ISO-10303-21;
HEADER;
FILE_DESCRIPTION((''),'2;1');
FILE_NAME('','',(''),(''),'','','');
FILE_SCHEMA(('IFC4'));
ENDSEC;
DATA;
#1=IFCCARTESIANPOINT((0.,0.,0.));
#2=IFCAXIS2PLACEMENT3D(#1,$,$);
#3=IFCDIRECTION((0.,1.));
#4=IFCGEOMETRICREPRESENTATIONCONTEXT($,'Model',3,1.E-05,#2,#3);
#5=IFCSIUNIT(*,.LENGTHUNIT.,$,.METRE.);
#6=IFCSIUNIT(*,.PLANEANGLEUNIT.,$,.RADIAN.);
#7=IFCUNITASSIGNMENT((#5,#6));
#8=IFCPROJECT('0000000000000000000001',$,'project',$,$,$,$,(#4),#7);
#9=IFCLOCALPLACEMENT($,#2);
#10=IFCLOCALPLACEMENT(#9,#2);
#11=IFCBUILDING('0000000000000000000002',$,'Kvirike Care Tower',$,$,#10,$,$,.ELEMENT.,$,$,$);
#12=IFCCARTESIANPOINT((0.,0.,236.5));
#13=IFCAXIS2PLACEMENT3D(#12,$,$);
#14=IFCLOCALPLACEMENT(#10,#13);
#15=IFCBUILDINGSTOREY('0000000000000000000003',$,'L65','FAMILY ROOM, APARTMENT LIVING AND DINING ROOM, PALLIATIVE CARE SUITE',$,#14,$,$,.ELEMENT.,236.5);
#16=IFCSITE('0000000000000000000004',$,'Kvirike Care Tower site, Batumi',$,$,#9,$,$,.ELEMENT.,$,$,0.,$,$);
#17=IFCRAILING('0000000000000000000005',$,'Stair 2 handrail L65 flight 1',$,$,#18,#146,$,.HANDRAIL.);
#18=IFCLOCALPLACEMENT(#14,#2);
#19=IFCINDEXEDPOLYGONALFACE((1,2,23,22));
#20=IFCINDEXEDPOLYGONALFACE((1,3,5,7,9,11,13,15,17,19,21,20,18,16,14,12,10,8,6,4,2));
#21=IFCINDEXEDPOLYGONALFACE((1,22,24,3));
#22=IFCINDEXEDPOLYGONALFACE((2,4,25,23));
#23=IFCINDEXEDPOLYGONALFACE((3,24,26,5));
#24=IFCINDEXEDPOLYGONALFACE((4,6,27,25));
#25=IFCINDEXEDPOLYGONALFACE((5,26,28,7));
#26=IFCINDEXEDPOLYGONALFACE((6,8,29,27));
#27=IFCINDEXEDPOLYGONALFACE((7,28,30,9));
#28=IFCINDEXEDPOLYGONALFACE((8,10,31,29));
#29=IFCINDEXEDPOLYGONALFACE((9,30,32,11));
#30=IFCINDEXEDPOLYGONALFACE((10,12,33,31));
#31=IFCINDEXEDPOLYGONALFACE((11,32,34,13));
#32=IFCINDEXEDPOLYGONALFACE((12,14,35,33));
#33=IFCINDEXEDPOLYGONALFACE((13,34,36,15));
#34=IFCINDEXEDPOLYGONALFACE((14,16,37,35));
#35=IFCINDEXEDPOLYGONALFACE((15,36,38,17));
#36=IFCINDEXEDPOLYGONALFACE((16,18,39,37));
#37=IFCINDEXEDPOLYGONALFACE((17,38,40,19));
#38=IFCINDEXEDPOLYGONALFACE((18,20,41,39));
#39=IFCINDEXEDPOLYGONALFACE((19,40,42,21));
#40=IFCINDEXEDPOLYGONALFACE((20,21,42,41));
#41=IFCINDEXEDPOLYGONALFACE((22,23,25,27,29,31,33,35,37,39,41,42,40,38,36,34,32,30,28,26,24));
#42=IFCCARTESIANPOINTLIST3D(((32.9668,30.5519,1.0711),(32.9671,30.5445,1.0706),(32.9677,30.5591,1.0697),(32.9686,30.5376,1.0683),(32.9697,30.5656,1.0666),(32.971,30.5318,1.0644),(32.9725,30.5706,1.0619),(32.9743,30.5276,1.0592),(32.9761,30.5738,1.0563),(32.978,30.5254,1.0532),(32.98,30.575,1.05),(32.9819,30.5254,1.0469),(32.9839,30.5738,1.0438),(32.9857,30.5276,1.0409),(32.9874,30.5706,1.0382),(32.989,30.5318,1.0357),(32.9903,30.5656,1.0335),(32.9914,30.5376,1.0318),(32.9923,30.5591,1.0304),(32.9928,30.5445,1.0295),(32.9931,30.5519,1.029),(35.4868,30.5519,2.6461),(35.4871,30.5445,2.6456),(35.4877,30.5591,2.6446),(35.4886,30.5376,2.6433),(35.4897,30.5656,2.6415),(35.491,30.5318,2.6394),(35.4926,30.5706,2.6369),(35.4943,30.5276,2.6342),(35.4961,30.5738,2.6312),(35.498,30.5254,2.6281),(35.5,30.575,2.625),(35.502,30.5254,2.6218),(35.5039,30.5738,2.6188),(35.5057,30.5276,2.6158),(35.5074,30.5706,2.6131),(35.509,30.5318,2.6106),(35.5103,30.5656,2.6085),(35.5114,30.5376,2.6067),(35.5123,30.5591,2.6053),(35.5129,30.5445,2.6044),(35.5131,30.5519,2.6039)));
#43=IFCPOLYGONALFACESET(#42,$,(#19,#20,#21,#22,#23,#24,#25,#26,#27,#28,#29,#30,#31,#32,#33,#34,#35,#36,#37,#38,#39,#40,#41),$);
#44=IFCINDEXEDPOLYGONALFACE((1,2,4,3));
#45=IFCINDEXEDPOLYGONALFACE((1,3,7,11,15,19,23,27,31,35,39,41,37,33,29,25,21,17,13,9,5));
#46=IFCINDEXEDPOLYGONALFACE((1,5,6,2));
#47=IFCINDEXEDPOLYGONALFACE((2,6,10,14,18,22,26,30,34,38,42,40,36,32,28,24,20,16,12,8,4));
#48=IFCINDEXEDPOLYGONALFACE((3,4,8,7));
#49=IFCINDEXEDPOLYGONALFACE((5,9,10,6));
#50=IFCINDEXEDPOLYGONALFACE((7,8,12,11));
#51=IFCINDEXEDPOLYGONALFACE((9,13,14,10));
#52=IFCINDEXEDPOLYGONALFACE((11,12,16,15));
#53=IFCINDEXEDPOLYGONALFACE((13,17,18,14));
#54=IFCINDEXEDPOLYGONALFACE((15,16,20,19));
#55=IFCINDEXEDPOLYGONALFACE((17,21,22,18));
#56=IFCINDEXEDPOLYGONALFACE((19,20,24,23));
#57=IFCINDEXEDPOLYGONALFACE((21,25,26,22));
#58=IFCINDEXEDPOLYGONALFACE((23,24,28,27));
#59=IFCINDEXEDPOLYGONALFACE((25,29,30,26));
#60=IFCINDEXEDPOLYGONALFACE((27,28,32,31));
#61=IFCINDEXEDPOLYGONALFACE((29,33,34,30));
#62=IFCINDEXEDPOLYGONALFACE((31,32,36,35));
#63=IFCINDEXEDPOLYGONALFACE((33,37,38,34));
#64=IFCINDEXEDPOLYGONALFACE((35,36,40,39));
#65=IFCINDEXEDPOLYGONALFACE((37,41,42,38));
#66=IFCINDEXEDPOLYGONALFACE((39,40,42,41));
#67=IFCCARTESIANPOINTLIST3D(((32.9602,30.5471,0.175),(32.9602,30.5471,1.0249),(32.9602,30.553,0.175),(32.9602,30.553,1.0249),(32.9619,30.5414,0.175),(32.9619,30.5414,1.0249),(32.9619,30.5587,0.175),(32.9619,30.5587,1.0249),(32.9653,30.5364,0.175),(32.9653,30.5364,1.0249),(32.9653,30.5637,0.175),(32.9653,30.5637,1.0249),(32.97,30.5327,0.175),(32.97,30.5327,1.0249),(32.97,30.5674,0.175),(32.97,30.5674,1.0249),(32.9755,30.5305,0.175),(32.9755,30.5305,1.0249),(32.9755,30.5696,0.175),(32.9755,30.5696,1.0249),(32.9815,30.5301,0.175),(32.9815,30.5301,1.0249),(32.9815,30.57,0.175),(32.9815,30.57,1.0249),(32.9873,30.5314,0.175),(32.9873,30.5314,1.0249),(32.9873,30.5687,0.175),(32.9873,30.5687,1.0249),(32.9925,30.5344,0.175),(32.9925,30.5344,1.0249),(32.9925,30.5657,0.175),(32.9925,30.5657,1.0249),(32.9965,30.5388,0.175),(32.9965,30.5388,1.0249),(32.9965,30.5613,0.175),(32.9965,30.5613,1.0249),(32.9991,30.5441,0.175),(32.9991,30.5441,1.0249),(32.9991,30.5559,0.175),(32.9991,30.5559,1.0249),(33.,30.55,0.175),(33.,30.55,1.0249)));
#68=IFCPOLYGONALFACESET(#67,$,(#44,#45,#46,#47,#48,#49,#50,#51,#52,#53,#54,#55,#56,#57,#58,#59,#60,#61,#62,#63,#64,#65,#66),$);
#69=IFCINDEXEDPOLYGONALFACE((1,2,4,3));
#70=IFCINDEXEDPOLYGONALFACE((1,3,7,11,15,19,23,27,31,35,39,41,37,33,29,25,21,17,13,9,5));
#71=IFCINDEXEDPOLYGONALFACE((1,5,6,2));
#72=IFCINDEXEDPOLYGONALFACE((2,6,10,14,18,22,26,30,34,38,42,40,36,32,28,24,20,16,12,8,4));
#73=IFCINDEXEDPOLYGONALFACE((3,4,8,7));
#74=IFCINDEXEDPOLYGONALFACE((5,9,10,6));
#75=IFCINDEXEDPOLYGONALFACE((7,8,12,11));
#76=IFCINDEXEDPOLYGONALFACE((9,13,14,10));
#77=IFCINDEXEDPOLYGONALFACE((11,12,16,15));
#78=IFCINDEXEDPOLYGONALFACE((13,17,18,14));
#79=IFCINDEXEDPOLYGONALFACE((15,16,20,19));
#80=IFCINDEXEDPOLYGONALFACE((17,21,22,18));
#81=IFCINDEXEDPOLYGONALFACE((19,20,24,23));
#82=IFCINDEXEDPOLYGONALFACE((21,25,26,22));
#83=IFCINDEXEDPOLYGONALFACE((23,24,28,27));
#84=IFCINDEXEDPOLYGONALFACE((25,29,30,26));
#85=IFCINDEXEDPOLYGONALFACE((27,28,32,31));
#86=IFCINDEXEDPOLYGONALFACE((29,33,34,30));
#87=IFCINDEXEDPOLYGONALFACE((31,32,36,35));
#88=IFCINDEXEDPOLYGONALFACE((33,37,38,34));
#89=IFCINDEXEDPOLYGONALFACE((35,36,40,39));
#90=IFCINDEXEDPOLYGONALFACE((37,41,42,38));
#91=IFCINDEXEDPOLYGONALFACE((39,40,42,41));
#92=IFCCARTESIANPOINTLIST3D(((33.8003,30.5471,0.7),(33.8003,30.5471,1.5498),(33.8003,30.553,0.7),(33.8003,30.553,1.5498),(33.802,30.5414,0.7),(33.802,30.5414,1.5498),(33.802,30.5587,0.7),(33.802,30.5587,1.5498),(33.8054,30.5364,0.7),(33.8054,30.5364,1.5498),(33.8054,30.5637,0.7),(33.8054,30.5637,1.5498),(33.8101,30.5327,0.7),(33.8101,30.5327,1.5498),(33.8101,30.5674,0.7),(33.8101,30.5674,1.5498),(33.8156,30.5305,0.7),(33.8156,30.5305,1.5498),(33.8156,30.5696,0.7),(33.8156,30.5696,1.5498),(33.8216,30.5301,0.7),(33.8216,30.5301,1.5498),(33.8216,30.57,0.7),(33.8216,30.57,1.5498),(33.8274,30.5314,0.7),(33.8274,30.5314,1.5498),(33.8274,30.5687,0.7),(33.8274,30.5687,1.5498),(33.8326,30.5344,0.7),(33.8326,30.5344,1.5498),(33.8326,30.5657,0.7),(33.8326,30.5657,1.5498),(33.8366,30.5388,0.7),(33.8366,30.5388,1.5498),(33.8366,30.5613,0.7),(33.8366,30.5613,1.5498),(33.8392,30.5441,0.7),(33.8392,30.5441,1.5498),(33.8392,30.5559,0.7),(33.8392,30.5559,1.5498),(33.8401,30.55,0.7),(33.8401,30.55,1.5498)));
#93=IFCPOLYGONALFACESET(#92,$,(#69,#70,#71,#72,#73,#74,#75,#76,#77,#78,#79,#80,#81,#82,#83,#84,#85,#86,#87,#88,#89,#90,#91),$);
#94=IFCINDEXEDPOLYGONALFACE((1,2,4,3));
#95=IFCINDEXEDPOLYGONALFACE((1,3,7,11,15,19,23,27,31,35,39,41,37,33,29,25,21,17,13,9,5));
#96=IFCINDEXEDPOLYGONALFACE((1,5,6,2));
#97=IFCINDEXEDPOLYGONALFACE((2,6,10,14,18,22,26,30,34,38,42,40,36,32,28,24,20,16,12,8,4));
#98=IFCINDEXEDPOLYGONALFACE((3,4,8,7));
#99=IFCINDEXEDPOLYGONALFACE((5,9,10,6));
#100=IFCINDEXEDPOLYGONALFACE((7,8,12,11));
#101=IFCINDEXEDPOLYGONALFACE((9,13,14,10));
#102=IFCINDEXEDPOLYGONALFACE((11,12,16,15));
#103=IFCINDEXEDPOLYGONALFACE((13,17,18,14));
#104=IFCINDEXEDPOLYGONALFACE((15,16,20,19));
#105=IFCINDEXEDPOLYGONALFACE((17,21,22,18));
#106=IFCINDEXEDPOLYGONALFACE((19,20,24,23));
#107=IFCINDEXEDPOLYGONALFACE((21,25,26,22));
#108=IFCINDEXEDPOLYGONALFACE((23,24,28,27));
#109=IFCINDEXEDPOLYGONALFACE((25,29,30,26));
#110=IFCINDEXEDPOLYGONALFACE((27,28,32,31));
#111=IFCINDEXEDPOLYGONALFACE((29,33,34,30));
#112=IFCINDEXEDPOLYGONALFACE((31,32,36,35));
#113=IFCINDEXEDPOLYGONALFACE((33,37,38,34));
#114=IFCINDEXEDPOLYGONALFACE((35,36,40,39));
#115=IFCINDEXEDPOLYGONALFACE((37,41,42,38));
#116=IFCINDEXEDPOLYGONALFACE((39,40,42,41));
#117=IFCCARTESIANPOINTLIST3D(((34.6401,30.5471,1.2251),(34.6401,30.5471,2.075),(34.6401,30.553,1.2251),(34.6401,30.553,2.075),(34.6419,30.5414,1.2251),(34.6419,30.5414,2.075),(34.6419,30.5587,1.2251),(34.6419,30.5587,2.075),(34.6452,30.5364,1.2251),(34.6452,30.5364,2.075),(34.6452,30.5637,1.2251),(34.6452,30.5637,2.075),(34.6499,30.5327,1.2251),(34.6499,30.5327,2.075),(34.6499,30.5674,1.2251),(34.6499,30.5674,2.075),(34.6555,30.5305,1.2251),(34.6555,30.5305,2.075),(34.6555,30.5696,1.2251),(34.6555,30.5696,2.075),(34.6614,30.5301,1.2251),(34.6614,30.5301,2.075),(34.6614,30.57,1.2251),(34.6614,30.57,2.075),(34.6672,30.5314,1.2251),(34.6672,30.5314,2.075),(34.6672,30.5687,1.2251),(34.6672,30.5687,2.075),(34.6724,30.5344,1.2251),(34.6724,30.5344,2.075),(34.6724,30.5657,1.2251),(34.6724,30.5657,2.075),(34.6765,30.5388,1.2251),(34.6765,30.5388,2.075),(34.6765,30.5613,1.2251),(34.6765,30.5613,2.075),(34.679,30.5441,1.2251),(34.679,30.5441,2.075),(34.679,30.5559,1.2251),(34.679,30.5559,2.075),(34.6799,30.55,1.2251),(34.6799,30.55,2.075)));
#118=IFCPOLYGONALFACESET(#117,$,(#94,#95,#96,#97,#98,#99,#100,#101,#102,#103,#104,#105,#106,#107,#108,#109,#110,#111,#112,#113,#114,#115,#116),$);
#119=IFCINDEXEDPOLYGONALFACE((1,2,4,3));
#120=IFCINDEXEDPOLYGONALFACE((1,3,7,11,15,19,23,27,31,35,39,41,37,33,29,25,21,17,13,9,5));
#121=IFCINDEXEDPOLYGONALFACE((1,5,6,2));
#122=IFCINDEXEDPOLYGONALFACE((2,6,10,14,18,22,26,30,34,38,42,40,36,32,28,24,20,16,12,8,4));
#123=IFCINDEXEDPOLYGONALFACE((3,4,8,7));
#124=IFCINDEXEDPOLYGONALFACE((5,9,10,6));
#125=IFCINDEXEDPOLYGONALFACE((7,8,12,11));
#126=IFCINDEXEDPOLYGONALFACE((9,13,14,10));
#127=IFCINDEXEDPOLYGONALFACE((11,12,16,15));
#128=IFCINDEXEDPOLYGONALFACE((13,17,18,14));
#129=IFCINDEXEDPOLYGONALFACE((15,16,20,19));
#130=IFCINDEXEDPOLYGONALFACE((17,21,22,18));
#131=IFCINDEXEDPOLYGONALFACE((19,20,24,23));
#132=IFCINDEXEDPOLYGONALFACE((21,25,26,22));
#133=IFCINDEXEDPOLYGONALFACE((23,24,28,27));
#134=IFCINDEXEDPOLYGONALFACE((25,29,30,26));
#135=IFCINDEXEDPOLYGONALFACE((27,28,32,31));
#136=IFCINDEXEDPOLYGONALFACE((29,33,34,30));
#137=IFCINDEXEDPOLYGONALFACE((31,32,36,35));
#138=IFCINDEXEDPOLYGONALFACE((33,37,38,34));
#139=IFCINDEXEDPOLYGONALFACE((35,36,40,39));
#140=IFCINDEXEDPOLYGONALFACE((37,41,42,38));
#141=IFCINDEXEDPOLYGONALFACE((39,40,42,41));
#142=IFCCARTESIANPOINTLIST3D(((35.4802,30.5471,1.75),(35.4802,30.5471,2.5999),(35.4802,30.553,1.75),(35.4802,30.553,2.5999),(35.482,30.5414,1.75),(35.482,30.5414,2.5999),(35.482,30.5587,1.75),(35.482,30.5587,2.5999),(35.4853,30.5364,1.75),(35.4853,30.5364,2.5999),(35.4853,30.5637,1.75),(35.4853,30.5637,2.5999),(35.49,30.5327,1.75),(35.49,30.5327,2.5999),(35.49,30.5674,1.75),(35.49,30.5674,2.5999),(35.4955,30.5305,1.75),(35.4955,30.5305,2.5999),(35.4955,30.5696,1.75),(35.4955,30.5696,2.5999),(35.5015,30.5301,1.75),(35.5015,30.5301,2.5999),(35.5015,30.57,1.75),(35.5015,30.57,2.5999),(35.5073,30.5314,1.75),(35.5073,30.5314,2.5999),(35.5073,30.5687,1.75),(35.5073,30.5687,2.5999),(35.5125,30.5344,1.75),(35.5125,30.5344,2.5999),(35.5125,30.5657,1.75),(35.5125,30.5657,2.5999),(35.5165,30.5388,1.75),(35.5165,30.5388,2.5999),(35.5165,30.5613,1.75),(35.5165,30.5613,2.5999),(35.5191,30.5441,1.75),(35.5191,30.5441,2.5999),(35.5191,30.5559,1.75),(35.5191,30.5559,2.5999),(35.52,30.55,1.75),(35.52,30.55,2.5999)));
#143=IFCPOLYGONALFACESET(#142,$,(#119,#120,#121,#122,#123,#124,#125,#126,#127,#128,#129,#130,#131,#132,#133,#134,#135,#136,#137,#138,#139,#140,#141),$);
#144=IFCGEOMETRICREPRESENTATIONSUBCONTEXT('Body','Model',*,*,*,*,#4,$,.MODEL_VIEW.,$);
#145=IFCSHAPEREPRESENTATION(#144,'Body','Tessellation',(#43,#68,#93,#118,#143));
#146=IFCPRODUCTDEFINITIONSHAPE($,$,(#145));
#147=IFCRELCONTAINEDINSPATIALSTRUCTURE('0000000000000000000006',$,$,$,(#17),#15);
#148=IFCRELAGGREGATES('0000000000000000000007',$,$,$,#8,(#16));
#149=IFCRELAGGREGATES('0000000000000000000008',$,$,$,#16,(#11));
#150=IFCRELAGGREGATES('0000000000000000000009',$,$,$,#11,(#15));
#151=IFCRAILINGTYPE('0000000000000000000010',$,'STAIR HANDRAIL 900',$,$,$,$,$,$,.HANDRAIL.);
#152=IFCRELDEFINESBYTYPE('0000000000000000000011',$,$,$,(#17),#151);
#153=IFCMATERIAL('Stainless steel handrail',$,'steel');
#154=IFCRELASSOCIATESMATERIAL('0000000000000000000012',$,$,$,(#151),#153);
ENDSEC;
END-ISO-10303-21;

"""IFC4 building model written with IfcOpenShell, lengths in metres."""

from ifc_helpers import new_model, si_unit, direction, frame, origin, origin_2d, place, context, subcontext, project, spatial, circle, extrude, material, type_object, element, save


model = new_model("IFC4")

# Units and contexts
model_context = context("Model", 3, precision=1e-05, world=origin(), true_north=direction((0.0, 1.0)))
body_context = subcontext(model_context, "Body", "Model", "MODEL_VIEW")
ifc_project = project(units=[si_unit("LENGTHUNIT", "METRE"), si_unit("PLANEANGLEUNIT", "RADIAN")], contexts=[model_context])

# Site, building, storey
site_placement = place(None, origin())
site = spatial("IfcSite", under=ifc_project, at=site_placement, Name="Kvirike Care Tower site, Batumi", CompositionType="ELEMENT", RefElevation=0.0)
building_placement = place(site_placement, origin())
building = spatial("IfcBuilding", under=site, at=building_placement, Name="Kvirike Care Tower", CompositionType="ELEMENT")
storey_placement = place(building_placement, frame((0.0, 0.0, 236.5)))
storey = spatial("IfcBuildingStorey", under=building, at=storey_placement, Name="L65", Description="FAMILY ROOM, APARTMENT LIVING AND DINING ROOM, PALLIATIVE CARE SUITE", CompositionType="ELEMENT", Elevation=236.5)

# Railing
ifc_material_1 = material(Name="Stainless steel handrail", Category="steel")
railing_type = type_object("IfcRailingType", Name="STAIR HANDRAIL 900", PredefinedType="HANDRAIL", material=ifc_material_1)
railing_1_placement = place(storey_placement, frame((32.98, 30.55, 0.175)))
element("IfcRailing", 1, at=railing_1_placement, inside=storey, type_object=railing_type, Name="Stair 2 handrail L65 flight 1", PredefinedType="HANDRAIL", context=body_context, shape_type="SweptSolid", body=[
    extrude(circle(Radius=0.0249, at=origin_2d()), frame((0.0, 0.0, 0.875), z_axis=(0.848008, 0.0, 0.529984), x_axis=(0.0, 1.0, 0.0)), (0.0, 0.0, 1.0), 2.9717),
    extrude(circle(Radius=0.02, at=origin_2d()), origin(), (0.0, 0.0, 1.0), 0.8499),
    extrude(circle(Radius=0.02, at=origin_2d()), frame((0.8401, 0.0, 0.5249)), (0.0, 0.0, 1.0), 0.8499),
    extrude(circle(Radius=0.02, at=origin_2d()), frame((1.6799, 0.0, 1.05)), (0.0, 0.0, 1.0), 0.8499),
    extrude(circle(Radius=0.02, at=origin_2d()), frame((2.52, 0.0, 1.575)), (0.0, 0.0, 1.0), 0.8499),
])

save(model, "model.ifc")
